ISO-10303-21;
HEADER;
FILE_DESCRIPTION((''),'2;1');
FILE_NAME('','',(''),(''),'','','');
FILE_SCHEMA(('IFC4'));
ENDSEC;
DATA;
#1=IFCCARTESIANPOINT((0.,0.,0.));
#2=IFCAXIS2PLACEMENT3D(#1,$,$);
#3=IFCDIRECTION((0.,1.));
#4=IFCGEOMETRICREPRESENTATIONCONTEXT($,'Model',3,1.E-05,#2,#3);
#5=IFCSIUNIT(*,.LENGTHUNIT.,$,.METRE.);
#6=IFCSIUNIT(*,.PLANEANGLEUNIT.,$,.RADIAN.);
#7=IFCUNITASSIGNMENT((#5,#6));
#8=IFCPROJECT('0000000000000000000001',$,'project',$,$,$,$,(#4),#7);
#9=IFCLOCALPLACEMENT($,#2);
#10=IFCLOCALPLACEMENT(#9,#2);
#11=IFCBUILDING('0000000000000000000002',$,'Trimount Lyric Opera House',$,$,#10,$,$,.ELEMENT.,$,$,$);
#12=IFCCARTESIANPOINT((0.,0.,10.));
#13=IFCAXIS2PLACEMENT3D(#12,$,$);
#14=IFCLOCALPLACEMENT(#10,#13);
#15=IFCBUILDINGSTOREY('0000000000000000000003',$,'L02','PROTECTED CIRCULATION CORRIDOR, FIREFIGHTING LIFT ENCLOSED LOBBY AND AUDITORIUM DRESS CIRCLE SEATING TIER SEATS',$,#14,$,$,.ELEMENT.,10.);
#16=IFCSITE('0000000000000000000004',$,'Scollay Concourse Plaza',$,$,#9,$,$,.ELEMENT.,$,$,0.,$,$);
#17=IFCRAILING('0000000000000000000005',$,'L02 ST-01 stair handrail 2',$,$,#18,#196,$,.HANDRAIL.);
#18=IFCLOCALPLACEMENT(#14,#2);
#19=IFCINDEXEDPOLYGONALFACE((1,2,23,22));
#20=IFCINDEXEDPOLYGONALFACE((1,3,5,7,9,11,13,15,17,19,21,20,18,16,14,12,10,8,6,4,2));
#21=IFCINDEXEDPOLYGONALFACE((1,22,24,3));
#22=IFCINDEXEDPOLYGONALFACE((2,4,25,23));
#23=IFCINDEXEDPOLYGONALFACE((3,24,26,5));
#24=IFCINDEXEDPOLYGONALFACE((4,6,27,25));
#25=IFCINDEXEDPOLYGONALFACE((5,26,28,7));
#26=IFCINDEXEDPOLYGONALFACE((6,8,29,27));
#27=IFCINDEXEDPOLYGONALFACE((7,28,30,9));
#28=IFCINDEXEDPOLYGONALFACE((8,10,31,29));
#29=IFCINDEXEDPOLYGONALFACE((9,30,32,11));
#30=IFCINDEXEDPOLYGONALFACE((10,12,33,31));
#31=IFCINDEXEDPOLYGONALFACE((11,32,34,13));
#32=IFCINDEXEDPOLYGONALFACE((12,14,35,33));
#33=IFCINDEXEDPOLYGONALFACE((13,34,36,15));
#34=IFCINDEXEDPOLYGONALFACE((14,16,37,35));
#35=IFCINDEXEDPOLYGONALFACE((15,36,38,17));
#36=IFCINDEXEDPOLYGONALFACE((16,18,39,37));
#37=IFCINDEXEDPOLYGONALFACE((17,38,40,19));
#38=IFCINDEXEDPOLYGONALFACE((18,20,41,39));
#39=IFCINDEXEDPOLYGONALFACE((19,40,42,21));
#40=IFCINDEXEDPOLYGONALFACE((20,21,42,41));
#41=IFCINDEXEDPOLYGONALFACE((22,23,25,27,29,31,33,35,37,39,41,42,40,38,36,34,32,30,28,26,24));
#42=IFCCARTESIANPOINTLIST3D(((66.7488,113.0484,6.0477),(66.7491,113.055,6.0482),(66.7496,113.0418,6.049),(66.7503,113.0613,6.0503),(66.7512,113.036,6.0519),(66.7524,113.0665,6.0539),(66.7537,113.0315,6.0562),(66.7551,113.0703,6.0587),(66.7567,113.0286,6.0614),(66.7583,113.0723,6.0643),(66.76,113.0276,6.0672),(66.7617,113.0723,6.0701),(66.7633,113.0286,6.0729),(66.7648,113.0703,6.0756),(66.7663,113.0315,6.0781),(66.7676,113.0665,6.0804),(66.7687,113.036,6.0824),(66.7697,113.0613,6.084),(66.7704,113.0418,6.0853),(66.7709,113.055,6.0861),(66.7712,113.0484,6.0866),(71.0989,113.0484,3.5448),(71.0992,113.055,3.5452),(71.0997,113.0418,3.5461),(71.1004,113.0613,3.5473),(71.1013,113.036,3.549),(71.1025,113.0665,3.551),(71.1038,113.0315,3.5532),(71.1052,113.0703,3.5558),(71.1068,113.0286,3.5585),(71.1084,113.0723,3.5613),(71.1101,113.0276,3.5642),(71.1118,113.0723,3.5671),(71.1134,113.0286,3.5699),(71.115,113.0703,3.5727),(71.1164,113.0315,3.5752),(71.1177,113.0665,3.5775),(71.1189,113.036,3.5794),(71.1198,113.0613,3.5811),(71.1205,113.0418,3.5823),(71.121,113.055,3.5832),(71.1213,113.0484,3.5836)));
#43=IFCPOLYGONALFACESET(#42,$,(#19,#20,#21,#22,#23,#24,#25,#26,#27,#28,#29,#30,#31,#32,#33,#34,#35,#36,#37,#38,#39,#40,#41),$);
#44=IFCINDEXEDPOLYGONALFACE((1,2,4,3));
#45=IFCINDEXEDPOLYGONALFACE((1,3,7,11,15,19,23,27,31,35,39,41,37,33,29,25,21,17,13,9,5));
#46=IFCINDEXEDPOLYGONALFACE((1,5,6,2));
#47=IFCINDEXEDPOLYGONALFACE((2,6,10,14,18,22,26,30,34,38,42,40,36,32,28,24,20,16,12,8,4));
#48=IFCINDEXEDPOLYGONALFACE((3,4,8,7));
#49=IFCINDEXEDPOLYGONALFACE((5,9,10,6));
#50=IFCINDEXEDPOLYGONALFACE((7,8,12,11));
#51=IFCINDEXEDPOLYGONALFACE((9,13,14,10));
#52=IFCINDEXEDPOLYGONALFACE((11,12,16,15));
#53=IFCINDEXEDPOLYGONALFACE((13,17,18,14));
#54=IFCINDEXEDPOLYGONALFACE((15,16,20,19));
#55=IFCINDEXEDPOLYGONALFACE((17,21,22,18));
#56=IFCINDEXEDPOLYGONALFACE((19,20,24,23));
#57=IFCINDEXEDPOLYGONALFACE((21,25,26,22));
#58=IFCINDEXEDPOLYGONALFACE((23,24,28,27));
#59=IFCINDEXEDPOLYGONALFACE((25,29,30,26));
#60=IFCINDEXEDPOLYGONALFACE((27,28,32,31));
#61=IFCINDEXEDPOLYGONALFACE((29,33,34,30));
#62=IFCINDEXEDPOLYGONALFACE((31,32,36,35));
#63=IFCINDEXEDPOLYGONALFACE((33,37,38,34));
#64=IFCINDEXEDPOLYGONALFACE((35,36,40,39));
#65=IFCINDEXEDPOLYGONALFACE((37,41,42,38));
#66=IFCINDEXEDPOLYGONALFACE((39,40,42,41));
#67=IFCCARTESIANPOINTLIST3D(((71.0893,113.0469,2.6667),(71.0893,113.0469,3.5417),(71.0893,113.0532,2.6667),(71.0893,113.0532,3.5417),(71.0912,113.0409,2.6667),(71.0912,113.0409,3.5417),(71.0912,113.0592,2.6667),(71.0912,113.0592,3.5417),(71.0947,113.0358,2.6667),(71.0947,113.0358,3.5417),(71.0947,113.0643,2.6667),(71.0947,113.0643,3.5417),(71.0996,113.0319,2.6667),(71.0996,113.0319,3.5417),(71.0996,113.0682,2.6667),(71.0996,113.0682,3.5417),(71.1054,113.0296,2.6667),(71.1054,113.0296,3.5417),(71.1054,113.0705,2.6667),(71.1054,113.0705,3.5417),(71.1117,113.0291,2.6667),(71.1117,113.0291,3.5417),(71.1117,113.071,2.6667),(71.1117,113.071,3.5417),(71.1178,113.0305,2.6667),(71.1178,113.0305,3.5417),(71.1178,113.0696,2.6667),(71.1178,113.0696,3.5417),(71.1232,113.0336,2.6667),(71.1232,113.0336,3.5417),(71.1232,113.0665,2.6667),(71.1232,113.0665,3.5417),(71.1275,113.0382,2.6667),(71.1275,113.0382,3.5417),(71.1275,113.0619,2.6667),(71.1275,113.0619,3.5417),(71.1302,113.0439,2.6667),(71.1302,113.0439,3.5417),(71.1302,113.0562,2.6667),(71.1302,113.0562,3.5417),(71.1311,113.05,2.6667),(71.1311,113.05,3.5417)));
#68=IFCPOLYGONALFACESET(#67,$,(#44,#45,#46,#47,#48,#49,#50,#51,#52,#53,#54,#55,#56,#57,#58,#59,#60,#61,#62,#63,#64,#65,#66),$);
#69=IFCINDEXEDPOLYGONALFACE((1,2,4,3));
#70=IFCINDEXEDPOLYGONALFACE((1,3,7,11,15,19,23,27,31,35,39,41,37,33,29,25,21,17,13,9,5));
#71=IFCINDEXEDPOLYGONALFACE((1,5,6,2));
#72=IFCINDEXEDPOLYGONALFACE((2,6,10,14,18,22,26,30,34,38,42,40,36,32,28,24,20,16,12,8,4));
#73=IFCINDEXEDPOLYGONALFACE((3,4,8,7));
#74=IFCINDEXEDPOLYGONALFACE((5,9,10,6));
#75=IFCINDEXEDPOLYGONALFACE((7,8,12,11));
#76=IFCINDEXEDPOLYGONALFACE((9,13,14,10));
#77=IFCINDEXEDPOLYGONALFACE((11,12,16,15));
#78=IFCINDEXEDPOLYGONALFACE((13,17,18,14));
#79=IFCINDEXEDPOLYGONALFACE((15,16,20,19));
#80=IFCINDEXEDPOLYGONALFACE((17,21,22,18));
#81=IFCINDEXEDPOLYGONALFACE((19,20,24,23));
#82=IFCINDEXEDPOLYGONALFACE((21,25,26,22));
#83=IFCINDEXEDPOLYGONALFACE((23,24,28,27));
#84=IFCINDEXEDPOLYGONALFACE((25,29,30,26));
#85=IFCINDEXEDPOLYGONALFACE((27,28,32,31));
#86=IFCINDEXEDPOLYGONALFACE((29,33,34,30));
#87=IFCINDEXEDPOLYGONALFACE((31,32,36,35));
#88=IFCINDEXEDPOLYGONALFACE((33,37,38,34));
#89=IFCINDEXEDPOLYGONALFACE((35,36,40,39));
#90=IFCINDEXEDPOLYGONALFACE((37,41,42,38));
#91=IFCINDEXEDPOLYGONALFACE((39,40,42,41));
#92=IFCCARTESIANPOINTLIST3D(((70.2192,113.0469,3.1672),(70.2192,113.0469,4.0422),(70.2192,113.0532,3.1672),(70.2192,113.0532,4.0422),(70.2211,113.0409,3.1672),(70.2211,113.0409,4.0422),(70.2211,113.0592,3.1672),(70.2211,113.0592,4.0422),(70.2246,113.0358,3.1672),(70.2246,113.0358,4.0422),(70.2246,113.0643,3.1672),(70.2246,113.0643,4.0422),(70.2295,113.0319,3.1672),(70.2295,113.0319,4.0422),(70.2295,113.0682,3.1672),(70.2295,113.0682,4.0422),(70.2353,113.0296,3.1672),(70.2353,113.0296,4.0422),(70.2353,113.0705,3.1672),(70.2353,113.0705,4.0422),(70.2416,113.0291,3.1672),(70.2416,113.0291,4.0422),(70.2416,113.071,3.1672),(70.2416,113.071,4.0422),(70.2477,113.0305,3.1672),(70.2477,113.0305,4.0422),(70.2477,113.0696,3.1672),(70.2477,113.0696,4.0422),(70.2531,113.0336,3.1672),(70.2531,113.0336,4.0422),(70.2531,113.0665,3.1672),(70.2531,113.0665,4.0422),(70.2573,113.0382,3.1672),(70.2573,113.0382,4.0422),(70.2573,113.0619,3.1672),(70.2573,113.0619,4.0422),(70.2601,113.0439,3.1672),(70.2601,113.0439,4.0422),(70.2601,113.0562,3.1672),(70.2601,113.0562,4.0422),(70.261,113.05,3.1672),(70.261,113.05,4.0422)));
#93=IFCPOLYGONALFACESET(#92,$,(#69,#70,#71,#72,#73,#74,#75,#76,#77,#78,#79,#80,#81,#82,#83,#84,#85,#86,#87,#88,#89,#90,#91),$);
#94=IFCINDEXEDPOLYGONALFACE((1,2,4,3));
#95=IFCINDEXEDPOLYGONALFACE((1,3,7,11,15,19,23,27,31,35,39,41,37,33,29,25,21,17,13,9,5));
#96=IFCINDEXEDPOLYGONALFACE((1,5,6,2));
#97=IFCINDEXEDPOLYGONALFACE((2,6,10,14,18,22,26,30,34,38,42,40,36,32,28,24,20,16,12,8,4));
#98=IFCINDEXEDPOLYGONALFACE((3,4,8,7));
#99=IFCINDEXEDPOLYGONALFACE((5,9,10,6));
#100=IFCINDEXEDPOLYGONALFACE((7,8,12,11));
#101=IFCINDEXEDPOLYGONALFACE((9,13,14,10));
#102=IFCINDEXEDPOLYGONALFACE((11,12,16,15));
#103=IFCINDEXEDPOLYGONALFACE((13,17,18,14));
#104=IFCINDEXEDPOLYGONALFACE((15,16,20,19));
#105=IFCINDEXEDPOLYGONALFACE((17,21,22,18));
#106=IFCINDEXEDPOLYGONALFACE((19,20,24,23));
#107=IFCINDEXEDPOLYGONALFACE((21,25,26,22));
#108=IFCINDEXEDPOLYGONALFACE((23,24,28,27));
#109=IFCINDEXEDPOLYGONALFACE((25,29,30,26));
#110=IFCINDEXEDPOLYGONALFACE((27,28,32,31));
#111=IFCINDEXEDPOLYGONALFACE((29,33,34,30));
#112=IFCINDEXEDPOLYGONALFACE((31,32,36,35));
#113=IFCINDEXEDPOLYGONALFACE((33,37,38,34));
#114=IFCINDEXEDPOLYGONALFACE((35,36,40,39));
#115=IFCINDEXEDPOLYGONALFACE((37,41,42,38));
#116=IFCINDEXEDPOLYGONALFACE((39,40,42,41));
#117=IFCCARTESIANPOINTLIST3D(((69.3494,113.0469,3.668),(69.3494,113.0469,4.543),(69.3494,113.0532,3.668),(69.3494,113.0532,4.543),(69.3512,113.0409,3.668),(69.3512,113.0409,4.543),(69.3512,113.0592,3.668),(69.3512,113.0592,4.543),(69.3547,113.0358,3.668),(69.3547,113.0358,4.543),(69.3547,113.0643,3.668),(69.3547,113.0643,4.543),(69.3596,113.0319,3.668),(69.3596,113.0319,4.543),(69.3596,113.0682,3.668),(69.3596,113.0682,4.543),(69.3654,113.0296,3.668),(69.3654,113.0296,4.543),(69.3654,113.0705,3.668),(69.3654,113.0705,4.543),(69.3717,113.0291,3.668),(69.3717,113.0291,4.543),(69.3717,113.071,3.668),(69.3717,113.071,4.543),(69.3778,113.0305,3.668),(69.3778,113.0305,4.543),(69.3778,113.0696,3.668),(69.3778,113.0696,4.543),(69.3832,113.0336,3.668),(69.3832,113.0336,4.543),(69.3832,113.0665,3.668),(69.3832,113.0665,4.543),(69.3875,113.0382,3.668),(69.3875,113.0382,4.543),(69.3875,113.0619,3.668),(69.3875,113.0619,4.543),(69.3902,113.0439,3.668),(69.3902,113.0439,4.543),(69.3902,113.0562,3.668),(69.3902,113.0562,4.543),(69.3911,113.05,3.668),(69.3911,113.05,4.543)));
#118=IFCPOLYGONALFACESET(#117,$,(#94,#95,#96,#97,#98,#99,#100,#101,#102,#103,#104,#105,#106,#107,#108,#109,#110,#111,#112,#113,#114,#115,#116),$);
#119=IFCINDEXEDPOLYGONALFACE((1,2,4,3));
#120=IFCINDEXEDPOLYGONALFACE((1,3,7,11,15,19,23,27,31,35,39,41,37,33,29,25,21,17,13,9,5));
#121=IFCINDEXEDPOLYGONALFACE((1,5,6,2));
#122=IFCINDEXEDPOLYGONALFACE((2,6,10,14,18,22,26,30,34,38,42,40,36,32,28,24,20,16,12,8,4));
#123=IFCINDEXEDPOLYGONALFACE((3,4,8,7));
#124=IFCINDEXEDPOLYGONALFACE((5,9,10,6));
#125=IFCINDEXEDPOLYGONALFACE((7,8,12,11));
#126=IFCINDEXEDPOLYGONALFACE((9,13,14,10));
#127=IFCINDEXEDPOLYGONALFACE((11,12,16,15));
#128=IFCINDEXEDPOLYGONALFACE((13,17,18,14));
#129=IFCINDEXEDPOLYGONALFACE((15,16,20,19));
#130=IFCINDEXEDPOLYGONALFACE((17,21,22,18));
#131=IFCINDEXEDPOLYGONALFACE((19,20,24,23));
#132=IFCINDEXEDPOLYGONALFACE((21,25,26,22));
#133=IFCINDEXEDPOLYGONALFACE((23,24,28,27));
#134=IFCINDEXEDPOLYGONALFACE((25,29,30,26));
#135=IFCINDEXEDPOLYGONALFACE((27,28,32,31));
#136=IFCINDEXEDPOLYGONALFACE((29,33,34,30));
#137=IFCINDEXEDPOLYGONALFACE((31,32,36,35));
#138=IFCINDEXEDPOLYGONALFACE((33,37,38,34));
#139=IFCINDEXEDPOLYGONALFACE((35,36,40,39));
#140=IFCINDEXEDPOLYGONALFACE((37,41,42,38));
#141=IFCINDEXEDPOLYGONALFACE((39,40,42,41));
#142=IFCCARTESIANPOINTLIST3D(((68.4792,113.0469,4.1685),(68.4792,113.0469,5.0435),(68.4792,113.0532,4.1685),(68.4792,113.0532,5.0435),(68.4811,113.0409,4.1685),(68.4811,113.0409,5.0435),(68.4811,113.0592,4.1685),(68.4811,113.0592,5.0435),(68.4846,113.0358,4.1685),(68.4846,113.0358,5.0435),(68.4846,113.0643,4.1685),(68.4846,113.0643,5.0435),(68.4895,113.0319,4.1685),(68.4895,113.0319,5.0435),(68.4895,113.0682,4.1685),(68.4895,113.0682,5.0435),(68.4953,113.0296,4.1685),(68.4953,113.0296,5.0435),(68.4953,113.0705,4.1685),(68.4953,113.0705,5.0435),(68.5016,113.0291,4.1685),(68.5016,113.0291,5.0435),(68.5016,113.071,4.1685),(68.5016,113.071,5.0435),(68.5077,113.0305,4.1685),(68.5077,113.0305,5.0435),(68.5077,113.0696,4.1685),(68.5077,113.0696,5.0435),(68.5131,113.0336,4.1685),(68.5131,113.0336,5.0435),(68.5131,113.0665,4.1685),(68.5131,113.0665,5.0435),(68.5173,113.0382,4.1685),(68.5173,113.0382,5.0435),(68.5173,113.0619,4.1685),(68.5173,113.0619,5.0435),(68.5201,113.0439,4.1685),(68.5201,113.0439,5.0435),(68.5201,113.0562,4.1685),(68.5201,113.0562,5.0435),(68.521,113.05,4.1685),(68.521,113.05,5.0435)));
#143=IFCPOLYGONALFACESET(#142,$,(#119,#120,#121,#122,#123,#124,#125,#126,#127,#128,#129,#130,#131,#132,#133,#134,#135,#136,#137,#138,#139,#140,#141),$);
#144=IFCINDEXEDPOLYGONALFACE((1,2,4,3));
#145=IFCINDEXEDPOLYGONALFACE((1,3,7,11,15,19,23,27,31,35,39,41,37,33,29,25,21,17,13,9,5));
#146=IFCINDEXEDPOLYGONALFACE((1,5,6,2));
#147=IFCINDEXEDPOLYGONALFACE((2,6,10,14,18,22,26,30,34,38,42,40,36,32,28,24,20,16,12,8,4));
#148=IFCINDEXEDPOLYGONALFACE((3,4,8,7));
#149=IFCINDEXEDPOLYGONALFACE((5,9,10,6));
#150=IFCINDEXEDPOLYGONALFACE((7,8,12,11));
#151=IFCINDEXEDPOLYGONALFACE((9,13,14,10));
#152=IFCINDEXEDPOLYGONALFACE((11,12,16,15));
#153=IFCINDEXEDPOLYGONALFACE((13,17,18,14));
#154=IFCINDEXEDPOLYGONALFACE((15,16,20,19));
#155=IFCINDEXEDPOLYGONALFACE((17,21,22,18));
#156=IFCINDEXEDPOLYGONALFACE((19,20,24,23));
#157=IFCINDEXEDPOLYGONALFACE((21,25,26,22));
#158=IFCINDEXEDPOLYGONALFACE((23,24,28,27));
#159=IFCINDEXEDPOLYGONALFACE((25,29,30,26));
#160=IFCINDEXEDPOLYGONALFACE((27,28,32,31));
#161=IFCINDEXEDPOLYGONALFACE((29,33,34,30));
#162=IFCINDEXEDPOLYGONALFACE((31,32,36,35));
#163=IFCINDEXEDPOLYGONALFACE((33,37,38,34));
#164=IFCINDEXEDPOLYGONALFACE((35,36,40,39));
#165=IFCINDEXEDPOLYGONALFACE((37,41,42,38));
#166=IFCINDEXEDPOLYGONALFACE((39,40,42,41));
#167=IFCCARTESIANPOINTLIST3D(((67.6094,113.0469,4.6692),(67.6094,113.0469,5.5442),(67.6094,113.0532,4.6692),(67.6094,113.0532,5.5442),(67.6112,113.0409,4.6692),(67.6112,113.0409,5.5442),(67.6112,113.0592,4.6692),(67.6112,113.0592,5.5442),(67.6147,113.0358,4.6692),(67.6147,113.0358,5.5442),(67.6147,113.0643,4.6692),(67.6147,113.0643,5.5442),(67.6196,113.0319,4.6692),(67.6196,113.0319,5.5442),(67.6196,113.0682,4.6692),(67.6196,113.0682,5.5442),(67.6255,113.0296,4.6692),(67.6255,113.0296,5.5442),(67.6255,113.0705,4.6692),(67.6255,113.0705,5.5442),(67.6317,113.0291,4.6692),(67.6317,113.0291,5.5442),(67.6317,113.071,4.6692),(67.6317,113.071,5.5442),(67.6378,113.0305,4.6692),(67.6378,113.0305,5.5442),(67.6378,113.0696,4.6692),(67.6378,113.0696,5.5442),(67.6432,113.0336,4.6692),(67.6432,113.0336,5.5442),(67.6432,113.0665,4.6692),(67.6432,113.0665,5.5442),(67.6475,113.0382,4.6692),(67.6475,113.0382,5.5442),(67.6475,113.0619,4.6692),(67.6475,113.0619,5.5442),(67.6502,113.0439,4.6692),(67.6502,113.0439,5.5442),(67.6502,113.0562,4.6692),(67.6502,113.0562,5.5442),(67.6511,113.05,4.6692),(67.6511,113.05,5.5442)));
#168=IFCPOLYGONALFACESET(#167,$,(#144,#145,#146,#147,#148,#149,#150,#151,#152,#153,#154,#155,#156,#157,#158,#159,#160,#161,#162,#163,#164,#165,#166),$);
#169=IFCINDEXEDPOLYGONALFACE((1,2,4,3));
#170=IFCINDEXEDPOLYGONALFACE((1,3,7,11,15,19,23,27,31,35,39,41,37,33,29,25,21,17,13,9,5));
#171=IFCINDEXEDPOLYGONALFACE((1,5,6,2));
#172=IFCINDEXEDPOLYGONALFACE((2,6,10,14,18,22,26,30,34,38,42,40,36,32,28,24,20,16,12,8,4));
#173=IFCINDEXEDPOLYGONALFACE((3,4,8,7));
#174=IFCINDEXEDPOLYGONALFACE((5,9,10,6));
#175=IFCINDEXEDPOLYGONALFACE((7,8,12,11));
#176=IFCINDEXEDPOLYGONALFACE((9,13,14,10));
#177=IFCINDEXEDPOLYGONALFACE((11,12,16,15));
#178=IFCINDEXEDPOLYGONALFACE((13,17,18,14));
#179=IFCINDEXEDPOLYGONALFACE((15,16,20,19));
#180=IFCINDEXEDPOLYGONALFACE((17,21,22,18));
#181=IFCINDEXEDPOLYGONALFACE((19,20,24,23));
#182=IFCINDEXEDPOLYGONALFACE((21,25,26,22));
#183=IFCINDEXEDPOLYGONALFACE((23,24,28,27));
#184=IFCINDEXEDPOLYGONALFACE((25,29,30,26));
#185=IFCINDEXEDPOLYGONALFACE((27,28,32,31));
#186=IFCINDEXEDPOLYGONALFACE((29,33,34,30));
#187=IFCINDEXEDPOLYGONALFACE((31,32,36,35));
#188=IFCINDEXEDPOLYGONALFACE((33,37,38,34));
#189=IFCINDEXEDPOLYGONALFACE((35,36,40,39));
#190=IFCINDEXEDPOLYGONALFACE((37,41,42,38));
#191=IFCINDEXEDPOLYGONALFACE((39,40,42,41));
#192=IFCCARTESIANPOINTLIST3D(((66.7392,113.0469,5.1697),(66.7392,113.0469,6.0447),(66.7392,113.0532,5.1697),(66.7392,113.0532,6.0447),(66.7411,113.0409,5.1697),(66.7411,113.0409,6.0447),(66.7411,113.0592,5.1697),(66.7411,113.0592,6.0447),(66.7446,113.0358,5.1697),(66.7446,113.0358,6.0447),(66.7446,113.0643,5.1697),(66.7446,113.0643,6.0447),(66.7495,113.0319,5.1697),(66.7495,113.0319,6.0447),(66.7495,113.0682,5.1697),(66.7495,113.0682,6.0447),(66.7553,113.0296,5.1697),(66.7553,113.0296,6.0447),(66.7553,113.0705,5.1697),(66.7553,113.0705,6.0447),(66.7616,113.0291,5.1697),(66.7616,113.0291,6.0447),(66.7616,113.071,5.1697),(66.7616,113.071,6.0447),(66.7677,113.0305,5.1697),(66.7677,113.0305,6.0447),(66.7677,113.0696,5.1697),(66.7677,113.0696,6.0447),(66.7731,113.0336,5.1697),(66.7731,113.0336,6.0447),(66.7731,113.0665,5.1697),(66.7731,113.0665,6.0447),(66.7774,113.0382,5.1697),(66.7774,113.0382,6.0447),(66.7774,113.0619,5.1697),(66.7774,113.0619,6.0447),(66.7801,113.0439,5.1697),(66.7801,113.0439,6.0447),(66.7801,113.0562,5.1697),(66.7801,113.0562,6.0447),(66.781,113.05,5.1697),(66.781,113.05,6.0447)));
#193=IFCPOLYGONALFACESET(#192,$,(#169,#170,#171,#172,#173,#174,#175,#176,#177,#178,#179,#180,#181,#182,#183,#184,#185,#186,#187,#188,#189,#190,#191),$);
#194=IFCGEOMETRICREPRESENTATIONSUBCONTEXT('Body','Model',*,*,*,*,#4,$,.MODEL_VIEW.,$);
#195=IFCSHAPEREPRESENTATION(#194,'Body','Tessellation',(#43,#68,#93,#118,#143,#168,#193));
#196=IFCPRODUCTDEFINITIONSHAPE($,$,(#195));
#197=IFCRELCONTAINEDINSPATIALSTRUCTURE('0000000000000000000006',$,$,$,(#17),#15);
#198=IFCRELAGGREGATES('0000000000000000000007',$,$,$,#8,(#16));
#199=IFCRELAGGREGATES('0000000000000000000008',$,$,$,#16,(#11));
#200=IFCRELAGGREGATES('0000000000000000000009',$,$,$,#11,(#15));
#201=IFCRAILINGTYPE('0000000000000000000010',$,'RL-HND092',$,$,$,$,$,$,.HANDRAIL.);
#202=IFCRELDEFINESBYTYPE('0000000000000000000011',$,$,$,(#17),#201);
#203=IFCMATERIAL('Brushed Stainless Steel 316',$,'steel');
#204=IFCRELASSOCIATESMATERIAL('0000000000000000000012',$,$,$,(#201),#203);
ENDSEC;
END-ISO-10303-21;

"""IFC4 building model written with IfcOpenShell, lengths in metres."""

from ifc_helpers import new_model, si_unit, direction, frame, origin, origin_2d, place, context, subcontext, project, spatial, circle, extrude, material, type_object, element, save


model = new_model("IFC4")

# Units and contexts
model_context = context("Model", 3, precision=1e-05, world=origin(), true_north=direction((0.0, 1.0)))
body_context = subcontext(model_context, "Body", "Model", "MODEL_VIEW")
ifc_project = project(units=[si_unit("LENGTHUNIT", "METRE"), si_unit("PLANEANGLEUNIT", "RADIAN")], contexts=[model_context])

# Site, building, storey
site_placement = place(None, origin())
site = spatial("IfcSite", under=ifc_project, at=site_placement, Name="Scollay Concourse Plaza", CompositionType="ELEMENT", RefElevation=0.0)
building_placement = place(site_placement, origin())
building = spatial("IfcBuilding", under=site, at=building_placement, Name="Trimount Lyric Opera House", CompositionType="ELEMENT")
storey_placement = place(building_placement, frame((0.0, 0.0, 10.0)))
storey = spatial("IfcBuildingStorey", under=building, at=storey_placement, Name="L02", Description="PROTECTED CIRCULATION CORRIDOR, FIREFIGHTING LIFT ENCLOSED LOBBY AND AUDITORIUM DRESS CIRCLE SEATING TIER SEATS", CompositionType="ELEMENT", Elevation=10.0)

# Railing
ifc_material_1 = material(Name="Brushed Stainless Steel 316", Category="steel")
railing_type_1 = type_object("IfcRailingType", Name="RL-HND092", PredefinedType="HANDRAIL", material=ifc_material_1)
railing_1_placement = place(storey_placement, frame((71.1101, 113.05, 2.6667)))
element("IfcRailing", 1, at=railing_1_placement, inside=storey, type_object=railing_type_1, Name="L02 ST-01 stair handrail 2", PredefinedType="HANDRAIL", context=body_context, shape_type="SweptSolid", body=[
    extrude(circle(Radius=0.0225, at=origin_2d()), frame((0.0, 0.0, 0.8975), z_axis=(-0.866766, 0.0, 0.498714), x_axis=(0.0, -1.0, 0.0)), (0.0, 0.0, 1.0), 5.0188),
    extrude(circle(Radius=0.021, at=origin_2d()), origin(), (0.0, 0.0, 1.0), 0.875),
    extrude(circle(Radius=0.021, at=origin_2d()), frame((-0.8701, 0.0, 0.5005)), (0.0, 0.0, 1.0), 0.875),
    extrude(circle(Radius=0.021, at=origin_2d()), frame((-1.74, 0.0, 1.0012)), (0.0, 0.0, 1.0), 0.875),
    extrude(circle(Radius=0.021, at=origin_2d()), frame((-2.6101, 0.0, 1.5017)), (0.0, 0.0, 1.0), 0.875),
    extrude(circle(Radius=0.021, at=origin_2d()), frame((-3.48, 0.0, 2.0024)), (0.0, 0.0, 1.0), 0.875),
    extrude(circle(Radius=0.021, at=origin_2d()), frame((-4.3501, 0.0, 2.5029)), (0.0, 0.0, 1.0), 0.875),
])

save(model, "model.ifc")
